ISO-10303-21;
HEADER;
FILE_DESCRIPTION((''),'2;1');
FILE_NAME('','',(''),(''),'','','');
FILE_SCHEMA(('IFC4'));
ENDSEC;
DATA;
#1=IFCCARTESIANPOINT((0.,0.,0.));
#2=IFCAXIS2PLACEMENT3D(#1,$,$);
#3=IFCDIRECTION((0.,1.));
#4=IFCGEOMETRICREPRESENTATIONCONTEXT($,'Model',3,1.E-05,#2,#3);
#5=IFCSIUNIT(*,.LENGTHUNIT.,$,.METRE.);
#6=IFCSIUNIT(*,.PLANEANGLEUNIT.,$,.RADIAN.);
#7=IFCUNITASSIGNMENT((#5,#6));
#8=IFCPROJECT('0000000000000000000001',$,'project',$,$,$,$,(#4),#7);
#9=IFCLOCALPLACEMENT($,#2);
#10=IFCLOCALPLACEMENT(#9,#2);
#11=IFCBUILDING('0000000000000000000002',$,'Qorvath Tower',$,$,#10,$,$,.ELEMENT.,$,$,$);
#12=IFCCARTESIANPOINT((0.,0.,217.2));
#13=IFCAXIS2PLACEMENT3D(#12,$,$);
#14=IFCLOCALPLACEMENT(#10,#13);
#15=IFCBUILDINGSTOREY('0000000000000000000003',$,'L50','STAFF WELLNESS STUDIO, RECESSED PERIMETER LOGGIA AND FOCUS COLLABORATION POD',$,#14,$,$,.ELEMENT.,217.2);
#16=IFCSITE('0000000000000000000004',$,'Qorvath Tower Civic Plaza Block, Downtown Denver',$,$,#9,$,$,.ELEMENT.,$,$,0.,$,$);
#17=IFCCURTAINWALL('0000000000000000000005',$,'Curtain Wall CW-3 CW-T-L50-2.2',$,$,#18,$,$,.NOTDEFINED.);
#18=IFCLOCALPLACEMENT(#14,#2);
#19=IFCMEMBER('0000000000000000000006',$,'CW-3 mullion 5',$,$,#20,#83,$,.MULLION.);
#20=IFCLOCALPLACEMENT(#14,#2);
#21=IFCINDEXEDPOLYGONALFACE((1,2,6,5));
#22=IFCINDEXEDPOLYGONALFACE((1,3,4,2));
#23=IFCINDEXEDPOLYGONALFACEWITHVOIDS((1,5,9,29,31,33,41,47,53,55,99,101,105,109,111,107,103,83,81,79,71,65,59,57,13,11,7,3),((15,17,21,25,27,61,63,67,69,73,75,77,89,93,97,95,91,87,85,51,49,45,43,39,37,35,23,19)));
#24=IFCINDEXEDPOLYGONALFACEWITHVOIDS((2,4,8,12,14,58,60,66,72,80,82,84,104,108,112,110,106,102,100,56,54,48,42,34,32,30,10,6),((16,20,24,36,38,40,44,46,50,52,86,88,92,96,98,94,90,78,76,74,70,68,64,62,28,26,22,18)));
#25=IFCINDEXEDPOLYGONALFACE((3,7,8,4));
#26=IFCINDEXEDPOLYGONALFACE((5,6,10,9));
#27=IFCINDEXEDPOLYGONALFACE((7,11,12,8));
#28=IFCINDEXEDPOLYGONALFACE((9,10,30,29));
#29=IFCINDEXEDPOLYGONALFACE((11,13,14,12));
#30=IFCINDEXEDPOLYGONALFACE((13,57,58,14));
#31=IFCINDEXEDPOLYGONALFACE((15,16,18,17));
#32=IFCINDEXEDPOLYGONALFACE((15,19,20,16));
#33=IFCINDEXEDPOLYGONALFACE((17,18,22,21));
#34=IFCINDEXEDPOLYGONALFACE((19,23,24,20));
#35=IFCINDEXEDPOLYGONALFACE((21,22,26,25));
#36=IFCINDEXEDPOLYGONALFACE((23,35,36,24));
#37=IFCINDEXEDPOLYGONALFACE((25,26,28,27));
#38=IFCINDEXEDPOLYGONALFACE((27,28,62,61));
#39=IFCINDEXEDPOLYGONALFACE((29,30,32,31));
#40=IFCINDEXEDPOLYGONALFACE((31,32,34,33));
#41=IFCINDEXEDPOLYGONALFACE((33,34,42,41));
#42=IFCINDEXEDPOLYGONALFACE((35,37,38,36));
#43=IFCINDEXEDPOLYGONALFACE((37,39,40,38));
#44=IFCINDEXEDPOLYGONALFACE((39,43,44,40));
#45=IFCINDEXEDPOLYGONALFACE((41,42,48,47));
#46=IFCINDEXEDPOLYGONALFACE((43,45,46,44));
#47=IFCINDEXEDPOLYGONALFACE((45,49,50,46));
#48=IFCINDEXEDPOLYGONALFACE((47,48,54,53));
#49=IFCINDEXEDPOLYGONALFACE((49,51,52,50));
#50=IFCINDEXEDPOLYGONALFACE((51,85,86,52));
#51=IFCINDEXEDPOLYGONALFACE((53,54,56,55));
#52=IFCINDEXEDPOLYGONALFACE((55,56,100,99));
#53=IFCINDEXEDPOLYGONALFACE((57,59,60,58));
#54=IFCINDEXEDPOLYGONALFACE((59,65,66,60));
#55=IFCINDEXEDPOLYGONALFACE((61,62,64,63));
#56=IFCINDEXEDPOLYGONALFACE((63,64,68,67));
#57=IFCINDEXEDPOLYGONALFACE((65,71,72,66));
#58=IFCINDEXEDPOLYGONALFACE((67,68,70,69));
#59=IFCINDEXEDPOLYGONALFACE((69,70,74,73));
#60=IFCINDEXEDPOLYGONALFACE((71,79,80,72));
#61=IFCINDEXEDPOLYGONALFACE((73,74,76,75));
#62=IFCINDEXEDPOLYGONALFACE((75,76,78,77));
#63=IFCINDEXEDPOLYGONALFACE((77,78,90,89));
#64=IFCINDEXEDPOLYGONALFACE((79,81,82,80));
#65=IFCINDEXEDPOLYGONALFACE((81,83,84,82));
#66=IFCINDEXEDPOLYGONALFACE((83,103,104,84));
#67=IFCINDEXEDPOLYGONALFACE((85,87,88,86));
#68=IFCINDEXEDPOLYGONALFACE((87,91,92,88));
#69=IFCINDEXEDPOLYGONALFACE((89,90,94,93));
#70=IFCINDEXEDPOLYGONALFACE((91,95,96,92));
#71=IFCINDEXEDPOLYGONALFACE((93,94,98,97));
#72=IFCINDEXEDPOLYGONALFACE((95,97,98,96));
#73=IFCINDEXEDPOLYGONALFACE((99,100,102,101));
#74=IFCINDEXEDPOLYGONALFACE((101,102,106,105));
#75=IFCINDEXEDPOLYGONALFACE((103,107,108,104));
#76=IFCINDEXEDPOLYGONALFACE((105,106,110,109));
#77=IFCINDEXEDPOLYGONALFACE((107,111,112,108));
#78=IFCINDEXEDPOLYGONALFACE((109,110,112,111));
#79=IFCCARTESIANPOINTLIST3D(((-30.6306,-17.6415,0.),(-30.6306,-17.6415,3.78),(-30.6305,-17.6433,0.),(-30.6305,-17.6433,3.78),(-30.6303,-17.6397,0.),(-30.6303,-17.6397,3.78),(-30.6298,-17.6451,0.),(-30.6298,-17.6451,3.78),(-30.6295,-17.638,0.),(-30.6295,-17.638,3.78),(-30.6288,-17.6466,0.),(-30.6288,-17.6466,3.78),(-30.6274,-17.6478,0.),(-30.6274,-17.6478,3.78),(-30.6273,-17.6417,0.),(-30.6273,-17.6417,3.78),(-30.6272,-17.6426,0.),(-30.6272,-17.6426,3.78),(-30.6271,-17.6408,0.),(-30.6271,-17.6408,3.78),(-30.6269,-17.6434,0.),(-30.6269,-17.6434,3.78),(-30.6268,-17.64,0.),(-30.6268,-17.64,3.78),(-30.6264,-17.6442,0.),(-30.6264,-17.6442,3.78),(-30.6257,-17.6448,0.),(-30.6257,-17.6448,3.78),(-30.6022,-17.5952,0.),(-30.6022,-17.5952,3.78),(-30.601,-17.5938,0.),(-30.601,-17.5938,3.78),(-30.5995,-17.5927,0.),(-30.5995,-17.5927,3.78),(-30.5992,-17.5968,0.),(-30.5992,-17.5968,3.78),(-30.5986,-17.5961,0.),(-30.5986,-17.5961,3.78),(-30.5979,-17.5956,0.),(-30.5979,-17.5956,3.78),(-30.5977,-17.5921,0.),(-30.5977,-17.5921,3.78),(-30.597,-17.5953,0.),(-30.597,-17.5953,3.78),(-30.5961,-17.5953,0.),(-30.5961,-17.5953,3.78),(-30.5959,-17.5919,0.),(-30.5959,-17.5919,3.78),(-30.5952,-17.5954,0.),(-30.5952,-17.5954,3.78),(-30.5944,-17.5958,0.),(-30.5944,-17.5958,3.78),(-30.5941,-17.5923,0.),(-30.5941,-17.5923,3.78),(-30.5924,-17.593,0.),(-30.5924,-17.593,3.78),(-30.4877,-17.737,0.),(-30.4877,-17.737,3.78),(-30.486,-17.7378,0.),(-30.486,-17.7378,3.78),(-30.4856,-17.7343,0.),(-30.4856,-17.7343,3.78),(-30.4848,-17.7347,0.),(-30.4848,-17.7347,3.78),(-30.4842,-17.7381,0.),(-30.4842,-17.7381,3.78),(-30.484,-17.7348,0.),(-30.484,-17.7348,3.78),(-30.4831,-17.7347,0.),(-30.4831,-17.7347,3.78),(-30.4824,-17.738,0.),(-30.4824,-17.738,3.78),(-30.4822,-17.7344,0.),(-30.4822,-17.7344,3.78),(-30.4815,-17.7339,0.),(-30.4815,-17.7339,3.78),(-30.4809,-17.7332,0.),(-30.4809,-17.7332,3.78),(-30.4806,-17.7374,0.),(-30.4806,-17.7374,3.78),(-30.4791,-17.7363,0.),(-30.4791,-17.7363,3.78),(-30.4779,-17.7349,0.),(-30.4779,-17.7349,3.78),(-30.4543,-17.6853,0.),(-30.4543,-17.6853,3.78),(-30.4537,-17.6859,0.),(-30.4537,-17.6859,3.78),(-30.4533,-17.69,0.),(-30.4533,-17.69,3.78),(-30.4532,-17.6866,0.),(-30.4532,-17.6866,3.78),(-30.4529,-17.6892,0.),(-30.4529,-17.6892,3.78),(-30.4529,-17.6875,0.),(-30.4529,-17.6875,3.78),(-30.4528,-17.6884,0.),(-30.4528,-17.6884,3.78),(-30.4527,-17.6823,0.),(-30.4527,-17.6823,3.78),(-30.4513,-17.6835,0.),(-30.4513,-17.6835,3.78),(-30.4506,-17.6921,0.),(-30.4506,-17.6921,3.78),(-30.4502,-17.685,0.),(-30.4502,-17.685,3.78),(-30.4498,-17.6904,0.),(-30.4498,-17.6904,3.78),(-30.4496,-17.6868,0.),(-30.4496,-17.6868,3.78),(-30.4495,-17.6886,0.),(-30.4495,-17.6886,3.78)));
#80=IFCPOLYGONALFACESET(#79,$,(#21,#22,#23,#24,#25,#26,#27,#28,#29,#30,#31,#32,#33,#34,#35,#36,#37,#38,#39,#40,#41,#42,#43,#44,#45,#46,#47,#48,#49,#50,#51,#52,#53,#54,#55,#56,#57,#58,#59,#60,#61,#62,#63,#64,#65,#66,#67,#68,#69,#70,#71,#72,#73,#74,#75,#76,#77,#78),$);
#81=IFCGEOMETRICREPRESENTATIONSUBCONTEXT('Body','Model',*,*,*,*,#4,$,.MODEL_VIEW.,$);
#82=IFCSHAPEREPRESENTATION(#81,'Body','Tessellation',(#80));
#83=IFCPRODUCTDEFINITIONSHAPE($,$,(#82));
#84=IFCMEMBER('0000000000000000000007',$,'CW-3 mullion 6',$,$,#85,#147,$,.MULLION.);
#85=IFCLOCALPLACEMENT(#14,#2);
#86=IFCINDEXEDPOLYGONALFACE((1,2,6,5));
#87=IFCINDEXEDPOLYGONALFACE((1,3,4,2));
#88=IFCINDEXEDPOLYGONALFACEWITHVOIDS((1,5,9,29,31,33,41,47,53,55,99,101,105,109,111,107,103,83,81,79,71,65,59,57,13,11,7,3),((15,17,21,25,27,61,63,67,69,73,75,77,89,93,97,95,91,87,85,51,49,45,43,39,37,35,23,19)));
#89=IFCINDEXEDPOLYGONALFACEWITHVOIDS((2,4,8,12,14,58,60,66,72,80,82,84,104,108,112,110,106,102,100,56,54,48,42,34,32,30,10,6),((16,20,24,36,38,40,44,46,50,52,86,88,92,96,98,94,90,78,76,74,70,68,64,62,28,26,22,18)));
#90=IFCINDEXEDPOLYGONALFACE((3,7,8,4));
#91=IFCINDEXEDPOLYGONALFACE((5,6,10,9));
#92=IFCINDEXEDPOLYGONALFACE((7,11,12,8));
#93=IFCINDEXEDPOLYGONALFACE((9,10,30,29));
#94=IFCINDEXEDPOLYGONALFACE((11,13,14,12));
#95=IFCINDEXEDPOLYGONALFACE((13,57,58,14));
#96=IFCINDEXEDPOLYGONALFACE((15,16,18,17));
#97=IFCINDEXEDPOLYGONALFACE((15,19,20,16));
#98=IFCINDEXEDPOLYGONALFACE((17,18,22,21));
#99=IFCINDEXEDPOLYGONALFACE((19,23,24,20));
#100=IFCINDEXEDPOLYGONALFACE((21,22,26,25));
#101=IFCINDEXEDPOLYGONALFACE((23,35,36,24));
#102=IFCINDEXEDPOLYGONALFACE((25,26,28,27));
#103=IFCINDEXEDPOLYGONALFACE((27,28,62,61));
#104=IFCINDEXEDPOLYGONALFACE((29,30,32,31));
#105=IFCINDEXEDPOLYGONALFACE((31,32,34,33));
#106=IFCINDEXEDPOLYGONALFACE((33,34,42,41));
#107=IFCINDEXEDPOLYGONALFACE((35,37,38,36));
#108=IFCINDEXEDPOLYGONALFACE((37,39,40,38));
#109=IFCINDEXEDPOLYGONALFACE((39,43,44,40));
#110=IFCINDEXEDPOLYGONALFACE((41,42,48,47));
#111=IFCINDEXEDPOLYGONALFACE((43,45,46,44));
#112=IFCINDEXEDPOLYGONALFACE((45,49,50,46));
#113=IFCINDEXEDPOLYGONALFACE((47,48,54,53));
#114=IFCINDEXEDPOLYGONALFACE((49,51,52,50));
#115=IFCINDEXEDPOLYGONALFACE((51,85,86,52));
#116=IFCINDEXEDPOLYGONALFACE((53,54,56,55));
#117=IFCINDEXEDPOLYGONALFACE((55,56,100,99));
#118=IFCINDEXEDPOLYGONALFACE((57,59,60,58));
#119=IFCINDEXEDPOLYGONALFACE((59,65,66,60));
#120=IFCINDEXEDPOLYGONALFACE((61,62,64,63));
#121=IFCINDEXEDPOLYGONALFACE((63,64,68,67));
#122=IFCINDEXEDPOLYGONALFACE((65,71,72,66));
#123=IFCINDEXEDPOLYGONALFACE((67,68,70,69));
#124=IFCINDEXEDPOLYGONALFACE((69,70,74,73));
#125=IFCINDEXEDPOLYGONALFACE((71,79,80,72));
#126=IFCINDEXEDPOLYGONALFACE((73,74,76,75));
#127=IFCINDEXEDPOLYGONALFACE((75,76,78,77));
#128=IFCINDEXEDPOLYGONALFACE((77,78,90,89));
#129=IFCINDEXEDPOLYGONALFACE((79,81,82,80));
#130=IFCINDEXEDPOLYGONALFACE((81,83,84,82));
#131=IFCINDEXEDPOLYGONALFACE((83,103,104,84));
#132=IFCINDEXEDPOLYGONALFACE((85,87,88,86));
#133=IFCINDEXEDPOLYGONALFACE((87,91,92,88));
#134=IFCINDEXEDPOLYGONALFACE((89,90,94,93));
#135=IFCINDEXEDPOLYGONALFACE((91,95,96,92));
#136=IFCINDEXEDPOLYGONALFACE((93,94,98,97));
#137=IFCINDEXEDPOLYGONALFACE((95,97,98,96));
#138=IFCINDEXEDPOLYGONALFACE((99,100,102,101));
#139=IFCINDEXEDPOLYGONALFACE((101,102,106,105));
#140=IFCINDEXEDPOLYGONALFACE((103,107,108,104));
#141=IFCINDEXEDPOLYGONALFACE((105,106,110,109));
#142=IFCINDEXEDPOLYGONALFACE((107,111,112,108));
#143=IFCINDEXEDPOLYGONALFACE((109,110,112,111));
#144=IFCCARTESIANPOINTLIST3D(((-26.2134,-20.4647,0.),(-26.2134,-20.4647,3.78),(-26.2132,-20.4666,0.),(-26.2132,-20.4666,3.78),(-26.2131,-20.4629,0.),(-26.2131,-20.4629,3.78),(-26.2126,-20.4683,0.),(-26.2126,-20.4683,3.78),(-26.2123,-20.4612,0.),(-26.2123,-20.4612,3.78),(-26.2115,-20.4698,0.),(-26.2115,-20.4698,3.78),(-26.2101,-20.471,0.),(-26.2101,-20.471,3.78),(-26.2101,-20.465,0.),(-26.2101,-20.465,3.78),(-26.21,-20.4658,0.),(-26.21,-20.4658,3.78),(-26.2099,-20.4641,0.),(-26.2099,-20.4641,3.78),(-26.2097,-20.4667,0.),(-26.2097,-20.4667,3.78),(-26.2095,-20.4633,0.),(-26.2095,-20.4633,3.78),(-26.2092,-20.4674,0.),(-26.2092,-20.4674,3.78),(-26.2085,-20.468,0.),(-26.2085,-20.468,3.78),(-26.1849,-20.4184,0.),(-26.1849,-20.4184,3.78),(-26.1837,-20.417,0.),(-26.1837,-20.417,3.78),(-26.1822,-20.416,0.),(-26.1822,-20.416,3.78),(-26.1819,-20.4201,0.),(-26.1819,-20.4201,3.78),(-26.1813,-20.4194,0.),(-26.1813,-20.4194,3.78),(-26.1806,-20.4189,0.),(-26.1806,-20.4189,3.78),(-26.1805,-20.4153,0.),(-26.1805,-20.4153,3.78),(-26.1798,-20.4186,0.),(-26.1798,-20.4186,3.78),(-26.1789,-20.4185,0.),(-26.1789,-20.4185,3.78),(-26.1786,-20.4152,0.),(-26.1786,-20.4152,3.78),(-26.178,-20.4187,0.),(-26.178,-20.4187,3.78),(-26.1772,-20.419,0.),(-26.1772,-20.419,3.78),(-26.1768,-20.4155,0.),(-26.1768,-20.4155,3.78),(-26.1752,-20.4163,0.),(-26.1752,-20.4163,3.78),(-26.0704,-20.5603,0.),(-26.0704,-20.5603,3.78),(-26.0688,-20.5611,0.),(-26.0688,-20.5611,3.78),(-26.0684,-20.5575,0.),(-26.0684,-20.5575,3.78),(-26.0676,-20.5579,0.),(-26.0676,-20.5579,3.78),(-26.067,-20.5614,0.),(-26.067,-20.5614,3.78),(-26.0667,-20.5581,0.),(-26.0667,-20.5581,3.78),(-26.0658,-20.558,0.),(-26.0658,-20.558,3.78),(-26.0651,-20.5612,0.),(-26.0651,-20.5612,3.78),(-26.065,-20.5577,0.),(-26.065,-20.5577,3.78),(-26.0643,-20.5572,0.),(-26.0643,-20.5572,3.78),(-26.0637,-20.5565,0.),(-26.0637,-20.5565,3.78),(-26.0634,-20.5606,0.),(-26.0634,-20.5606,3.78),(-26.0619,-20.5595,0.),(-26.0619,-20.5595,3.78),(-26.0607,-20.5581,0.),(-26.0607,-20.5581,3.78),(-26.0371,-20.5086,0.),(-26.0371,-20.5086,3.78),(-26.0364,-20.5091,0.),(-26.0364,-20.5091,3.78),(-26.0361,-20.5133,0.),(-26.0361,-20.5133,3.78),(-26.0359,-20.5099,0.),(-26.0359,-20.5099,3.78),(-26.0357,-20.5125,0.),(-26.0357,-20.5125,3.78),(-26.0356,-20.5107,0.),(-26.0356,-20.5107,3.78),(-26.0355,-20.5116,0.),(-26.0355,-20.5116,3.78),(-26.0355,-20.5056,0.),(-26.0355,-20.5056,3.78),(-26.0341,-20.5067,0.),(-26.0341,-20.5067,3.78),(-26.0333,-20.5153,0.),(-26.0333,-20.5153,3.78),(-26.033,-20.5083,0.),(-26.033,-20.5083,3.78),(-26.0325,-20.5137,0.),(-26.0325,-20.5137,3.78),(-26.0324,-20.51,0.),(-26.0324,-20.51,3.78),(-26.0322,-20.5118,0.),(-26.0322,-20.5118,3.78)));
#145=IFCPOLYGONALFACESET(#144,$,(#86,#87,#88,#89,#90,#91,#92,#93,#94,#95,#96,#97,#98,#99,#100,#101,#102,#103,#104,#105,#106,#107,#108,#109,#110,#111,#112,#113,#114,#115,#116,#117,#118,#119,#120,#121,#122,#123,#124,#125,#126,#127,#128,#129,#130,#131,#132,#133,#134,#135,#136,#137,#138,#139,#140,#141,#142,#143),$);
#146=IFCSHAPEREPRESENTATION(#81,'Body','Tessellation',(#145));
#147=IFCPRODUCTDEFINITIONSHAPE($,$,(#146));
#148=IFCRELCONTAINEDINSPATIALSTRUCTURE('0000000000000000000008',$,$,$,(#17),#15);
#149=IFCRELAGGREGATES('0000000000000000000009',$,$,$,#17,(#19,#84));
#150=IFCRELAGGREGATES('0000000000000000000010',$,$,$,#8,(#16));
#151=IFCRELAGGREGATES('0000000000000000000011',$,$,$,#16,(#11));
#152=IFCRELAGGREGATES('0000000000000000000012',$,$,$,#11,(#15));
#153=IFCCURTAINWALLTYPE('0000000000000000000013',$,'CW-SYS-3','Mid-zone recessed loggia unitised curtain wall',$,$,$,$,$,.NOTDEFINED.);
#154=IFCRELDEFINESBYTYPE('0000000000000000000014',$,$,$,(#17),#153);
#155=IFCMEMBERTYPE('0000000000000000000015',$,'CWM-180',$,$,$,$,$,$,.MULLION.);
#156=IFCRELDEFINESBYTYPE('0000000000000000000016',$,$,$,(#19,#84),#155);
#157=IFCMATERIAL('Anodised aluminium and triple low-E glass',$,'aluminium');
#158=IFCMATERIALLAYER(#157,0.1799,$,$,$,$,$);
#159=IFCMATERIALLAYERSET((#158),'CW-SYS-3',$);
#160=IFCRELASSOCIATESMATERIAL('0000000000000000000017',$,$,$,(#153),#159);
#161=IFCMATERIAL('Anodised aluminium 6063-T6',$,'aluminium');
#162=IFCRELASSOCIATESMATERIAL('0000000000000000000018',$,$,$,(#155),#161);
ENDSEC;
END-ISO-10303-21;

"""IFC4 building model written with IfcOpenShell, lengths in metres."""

from ifc_helpers import new_model, si_unit, direction, frame, origin, origin_2d, place, context, subcontext, project, spatial, hollow_rectangle, extrude, material, layer, layer_set, material_profile, profile_set, type_object, element, aggregate, save


model = new_model("IFC4")

# Units and contexts
model_context = context("Model", 3, precision=1e-05, world=origin(), true_north=direction((0.0, 1.0)))
body_context = subcontext(model_context, "Body", "Model", "MODEL_VIEW")
ifc_project = project(units=[si_unit("LENGTHUNIT", "METRE"), si_unit("PLANEANGLEUNIT", "RADIAN")], contexts=[model_context])

# Site, building, storey
site_placement = place(None, origin())
site = spatial("IfcSite", under=ifc_project, at=site_placement, Name="Qorvath Tower Civic Plaza Block, Downtown Denver", CompositionType="ELEMENT", RefElevation=0.0)
building_placement = place(site_placement, origin())
building = spatial("IfcBuilding", under=site, at=building_placement, Name="Qorvath Tower", CompositionType="ELEMENT")
storey_placement = place(building_placement, frame((0.0, 0.0, 217.2)))
storey = spatial("IfcBuildingStorey", under=building, at=storey_placement, Name="L50", Description="STAFF WELLNESS STUDIO, RECESSED PERIMETER LOGGIA AND FOCUS COLLABORATION POD", CompositionType="ELEMENT", Elevation=217.2)

# Curtain wall, members
ifc_material_1 = material(Name="Anodised aluminium and triple low-E glass", Category="aluminium")
ifc_layer_1 = layer(ifc_material_1, 0.1799)
ifc_layer_set_1 = layer_set([ifc_layer_1], Name="CW-SYS-3")
curtain_wall_type = type_object("IfcCurtainWallType", Name="CW-SYS-3", Description="Mid-zone recessed loggia unitised curtain wall", PredefinedType="NOTDEFINED", material=ifc_layer_set_1)
curtain_wall_placement = place(storey_placement, origin())
curtain_wall = element("IfcCurtainWall", 1, at=curtain_wall_placement, inside=storey, type_object=curtain_wall_type, Name="Curtain Wall CW-3 CW-T-L50-2.2", PredefinedType="NOTDEFINED")
ifc_material_2 = material(Name="Anodised aluminium 6063-T6", Category="aluminium")
ifc_material_profile_1 = material_profile(ifc_material_2, hollow_rectangle(XDim=0.0649, YDim=0.1799, WallThickness=0.0034, InnerFilletRadius=0.0034, OuterFilletRadius=0.0071, at=origin_2d()), Name="CWM 180x65")
ifc_profile_set_1 = profile_set([ifc_material_profile_1], Name="Anodised aluminium 6063-T6")
member_type_1 = type_object("IfcMemberType", Name="CWM-180", PredefinedType="MULLION", material=ifc_profile_set_1)
member_1_placement = place(storey_placement, frame((-30.54, -17.665, 0.0), z_axis=(0.0, 0.0, 1.0), x_axis=(0.538535, 0.842603, 0.0)))
member_1 = element("IfcMember", 2, at=member_1_placement, type_object=member_type_1, Name="CW-3 mullion 5", PredefinedType="MULLION", context=body_context, shape_type="SweptSolid", body=[
    extrude(hollow_rectangle(XDim=0.0649, YDim=0.1799, WallThickness=0.0034, InnerFilletRadius=0.0034, OuterFilletRadius=0.0071, at=origin_2d()), origin(), (0.0, 0.0, 1.0), 3.78),
])
member_2_placement = place(storey_placement, frame((-26.1228, -20.4883, 0.0), z_axis=(0.0, 0.0, 1.0), x_axis=(0.538535, 0.842603, 0.0)))
member_2 = element("IfcMember", 3, at=member_2_placement, type_object=member_type_1, Name="CW-3 mullion 6", PredefinedType="MULLION", context=body_context, shape_type="SweptSolid", body=[
    extrude(hollow_rectangle(XDim=0.0649, YDim=0.1799, WallThickness=0.0034, InnerFilletRadius=0.0034, OuterFilletRadius=0.0071, at=origin_2d()), origin(), (0.0, 0.0, 1.0), 3.78),
])
aggregate(curtain_wall, [member_1, member_2])

save(model, "model.ifc")
